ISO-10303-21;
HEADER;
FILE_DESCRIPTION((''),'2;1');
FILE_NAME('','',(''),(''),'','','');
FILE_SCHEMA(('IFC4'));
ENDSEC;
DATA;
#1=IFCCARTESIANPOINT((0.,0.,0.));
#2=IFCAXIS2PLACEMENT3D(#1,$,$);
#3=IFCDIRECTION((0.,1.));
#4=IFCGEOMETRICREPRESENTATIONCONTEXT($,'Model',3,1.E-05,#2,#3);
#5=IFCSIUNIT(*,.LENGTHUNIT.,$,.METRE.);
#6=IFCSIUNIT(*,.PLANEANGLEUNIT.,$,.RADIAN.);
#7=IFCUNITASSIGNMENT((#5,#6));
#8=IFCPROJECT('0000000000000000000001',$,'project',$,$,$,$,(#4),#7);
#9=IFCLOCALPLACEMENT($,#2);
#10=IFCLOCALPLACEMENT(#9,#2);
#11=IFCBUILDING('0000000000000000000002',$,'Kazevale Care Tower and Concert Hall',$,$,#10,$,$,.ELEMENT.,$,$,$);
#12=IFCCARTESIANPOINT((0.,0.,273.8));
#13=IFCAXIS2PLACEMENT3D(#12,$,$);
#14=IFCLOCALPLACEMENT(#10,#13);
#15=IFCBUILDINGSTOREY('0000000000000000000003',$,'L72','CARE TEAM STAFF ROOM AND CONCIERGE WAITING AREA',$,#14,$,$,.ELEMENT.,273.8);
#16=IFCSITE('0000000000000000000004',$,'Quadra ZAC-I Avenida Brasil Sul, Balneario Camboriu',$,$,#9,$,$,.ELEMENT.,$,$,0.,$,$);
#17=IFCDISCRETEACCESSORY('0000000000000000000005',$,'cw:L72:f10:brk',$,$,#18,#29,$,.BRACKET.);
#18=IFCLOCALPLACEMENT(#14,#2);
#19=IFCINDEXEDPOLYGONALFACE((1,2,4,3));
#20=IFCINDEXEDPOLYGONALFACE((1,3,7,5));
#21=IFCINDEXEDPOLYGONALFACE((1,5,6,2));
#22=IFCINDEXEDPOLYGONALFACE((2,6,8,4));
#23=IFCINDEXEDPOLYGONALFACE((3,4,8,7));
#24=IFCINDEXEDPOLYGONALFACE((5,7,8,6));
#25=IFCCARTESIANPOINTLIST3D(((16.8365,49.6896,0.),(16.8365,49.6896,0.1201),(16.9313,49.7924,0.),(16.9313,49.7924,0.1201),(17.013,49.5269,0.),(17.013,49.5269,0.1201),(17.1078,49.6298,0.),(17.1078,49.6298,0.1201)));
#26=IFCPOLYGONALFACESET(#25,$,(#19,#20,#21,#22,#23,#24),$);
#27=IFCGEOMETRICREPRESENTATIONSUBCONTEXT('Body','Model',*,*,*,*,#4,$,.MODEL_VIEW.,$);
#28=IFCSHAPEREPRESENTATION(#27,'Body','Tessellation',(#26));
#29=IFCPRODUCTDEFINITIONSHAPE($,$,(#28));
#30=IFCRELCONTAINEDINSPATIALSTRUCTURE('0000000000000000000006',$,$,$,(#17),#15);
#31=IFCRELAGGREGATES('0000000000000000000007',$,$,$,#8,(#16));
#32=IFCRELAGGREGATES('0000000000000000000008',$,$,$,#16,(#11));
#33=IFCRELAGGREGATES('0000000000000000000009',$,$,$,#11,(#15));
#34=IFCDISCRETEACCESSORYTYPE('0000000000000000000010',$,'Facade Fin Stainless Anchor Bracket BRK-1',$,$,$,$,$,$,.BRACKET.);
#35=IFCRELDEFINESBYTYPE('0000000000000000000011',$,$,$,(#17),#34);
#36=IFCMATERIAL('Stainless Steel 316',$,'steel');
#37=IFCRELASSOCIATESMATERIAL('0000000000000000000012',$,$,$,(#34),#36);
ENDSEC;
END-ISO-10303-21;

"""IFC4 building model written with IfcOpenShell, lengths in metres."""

from ifc_helpers import new_model, si_unit, direction, frame, origin, origin_2d, place, context, subcontext, project, spatial, rectangle, extrude, material, type_object, element, save


model = new_model("IFC4")

# Units and contexts
model_context = context("Model", 3, precision=1e-05, world=origin(), true_north=direction((0.0, 1.0)))
body_context = subcontext(model_context, "Body", "Model", "MODEL_VIEW")
ifc_project = project(units=[si_unit("LENGTHUNIT", "METRE"), si_unit("PLANEANGLEUNIT", "RADIAN")], contexts=[model_context])

# Site, building, storey
site_placement = place(None, origin())
site = spatial("IfcSite", under=ifc_project, at=site_placement, Name="Quadra ZAC-I Avenida Brasil Sul, Balneario Camboriu", CompositionType="ELEMENT", RefElevation=0.0)
building_placement = place(site_placement, origin())
building = spatial("IfcBuilding", under=site, at=building_placement, Name="Kazevale Care Tower and Concert Hall", CompositionType="ELEMENT")
storey_placement = place(building_placement, frame((0.0, 0.0, 273.8)))
storey = spatial("IfcBuildingStorey", under=building, at=storey_placement, Name="L72", Description="CARE TEAM STAFF ROOM AND CONCIERGE WAITING AREA", CompositionType="ELEMENT", Elevation=273.8)

# Discrete accessory
ifc_material_1 = material(Name="Stainless Steel 316", Category="steel")
discrete_accessory_type = type_object("IfcDiscreteAccessoryType", Name="Facade Fin Stainless Anchor Bracket BRK-1", PredefinedType="BRACKET", material=ifc_material_1)
discrete_accessory_placement = place(storey_placement, frame((16.9722, 49.6597, 0.0), z_axis=(0.0, 0.0, 1.0), x_axis=(-0.73527, 0.677775, 0.0)))
element("IfcDiscreteAccessory", 1, at=discrete_accessory_placement, inside=storey, type_object=discrete_accessory_type, Name="cw:L72:f10:brk", PredefinedType="BRACKET", context=body_context, shape_type="SweptSolid", body=[
    extrude(rectangle(XDim=0.24, YDim=0.1399, at=origin_2d()), origin(), (0.0, 0.0, 1.0), 0.1201),
])

save(model, "model.ifc")
